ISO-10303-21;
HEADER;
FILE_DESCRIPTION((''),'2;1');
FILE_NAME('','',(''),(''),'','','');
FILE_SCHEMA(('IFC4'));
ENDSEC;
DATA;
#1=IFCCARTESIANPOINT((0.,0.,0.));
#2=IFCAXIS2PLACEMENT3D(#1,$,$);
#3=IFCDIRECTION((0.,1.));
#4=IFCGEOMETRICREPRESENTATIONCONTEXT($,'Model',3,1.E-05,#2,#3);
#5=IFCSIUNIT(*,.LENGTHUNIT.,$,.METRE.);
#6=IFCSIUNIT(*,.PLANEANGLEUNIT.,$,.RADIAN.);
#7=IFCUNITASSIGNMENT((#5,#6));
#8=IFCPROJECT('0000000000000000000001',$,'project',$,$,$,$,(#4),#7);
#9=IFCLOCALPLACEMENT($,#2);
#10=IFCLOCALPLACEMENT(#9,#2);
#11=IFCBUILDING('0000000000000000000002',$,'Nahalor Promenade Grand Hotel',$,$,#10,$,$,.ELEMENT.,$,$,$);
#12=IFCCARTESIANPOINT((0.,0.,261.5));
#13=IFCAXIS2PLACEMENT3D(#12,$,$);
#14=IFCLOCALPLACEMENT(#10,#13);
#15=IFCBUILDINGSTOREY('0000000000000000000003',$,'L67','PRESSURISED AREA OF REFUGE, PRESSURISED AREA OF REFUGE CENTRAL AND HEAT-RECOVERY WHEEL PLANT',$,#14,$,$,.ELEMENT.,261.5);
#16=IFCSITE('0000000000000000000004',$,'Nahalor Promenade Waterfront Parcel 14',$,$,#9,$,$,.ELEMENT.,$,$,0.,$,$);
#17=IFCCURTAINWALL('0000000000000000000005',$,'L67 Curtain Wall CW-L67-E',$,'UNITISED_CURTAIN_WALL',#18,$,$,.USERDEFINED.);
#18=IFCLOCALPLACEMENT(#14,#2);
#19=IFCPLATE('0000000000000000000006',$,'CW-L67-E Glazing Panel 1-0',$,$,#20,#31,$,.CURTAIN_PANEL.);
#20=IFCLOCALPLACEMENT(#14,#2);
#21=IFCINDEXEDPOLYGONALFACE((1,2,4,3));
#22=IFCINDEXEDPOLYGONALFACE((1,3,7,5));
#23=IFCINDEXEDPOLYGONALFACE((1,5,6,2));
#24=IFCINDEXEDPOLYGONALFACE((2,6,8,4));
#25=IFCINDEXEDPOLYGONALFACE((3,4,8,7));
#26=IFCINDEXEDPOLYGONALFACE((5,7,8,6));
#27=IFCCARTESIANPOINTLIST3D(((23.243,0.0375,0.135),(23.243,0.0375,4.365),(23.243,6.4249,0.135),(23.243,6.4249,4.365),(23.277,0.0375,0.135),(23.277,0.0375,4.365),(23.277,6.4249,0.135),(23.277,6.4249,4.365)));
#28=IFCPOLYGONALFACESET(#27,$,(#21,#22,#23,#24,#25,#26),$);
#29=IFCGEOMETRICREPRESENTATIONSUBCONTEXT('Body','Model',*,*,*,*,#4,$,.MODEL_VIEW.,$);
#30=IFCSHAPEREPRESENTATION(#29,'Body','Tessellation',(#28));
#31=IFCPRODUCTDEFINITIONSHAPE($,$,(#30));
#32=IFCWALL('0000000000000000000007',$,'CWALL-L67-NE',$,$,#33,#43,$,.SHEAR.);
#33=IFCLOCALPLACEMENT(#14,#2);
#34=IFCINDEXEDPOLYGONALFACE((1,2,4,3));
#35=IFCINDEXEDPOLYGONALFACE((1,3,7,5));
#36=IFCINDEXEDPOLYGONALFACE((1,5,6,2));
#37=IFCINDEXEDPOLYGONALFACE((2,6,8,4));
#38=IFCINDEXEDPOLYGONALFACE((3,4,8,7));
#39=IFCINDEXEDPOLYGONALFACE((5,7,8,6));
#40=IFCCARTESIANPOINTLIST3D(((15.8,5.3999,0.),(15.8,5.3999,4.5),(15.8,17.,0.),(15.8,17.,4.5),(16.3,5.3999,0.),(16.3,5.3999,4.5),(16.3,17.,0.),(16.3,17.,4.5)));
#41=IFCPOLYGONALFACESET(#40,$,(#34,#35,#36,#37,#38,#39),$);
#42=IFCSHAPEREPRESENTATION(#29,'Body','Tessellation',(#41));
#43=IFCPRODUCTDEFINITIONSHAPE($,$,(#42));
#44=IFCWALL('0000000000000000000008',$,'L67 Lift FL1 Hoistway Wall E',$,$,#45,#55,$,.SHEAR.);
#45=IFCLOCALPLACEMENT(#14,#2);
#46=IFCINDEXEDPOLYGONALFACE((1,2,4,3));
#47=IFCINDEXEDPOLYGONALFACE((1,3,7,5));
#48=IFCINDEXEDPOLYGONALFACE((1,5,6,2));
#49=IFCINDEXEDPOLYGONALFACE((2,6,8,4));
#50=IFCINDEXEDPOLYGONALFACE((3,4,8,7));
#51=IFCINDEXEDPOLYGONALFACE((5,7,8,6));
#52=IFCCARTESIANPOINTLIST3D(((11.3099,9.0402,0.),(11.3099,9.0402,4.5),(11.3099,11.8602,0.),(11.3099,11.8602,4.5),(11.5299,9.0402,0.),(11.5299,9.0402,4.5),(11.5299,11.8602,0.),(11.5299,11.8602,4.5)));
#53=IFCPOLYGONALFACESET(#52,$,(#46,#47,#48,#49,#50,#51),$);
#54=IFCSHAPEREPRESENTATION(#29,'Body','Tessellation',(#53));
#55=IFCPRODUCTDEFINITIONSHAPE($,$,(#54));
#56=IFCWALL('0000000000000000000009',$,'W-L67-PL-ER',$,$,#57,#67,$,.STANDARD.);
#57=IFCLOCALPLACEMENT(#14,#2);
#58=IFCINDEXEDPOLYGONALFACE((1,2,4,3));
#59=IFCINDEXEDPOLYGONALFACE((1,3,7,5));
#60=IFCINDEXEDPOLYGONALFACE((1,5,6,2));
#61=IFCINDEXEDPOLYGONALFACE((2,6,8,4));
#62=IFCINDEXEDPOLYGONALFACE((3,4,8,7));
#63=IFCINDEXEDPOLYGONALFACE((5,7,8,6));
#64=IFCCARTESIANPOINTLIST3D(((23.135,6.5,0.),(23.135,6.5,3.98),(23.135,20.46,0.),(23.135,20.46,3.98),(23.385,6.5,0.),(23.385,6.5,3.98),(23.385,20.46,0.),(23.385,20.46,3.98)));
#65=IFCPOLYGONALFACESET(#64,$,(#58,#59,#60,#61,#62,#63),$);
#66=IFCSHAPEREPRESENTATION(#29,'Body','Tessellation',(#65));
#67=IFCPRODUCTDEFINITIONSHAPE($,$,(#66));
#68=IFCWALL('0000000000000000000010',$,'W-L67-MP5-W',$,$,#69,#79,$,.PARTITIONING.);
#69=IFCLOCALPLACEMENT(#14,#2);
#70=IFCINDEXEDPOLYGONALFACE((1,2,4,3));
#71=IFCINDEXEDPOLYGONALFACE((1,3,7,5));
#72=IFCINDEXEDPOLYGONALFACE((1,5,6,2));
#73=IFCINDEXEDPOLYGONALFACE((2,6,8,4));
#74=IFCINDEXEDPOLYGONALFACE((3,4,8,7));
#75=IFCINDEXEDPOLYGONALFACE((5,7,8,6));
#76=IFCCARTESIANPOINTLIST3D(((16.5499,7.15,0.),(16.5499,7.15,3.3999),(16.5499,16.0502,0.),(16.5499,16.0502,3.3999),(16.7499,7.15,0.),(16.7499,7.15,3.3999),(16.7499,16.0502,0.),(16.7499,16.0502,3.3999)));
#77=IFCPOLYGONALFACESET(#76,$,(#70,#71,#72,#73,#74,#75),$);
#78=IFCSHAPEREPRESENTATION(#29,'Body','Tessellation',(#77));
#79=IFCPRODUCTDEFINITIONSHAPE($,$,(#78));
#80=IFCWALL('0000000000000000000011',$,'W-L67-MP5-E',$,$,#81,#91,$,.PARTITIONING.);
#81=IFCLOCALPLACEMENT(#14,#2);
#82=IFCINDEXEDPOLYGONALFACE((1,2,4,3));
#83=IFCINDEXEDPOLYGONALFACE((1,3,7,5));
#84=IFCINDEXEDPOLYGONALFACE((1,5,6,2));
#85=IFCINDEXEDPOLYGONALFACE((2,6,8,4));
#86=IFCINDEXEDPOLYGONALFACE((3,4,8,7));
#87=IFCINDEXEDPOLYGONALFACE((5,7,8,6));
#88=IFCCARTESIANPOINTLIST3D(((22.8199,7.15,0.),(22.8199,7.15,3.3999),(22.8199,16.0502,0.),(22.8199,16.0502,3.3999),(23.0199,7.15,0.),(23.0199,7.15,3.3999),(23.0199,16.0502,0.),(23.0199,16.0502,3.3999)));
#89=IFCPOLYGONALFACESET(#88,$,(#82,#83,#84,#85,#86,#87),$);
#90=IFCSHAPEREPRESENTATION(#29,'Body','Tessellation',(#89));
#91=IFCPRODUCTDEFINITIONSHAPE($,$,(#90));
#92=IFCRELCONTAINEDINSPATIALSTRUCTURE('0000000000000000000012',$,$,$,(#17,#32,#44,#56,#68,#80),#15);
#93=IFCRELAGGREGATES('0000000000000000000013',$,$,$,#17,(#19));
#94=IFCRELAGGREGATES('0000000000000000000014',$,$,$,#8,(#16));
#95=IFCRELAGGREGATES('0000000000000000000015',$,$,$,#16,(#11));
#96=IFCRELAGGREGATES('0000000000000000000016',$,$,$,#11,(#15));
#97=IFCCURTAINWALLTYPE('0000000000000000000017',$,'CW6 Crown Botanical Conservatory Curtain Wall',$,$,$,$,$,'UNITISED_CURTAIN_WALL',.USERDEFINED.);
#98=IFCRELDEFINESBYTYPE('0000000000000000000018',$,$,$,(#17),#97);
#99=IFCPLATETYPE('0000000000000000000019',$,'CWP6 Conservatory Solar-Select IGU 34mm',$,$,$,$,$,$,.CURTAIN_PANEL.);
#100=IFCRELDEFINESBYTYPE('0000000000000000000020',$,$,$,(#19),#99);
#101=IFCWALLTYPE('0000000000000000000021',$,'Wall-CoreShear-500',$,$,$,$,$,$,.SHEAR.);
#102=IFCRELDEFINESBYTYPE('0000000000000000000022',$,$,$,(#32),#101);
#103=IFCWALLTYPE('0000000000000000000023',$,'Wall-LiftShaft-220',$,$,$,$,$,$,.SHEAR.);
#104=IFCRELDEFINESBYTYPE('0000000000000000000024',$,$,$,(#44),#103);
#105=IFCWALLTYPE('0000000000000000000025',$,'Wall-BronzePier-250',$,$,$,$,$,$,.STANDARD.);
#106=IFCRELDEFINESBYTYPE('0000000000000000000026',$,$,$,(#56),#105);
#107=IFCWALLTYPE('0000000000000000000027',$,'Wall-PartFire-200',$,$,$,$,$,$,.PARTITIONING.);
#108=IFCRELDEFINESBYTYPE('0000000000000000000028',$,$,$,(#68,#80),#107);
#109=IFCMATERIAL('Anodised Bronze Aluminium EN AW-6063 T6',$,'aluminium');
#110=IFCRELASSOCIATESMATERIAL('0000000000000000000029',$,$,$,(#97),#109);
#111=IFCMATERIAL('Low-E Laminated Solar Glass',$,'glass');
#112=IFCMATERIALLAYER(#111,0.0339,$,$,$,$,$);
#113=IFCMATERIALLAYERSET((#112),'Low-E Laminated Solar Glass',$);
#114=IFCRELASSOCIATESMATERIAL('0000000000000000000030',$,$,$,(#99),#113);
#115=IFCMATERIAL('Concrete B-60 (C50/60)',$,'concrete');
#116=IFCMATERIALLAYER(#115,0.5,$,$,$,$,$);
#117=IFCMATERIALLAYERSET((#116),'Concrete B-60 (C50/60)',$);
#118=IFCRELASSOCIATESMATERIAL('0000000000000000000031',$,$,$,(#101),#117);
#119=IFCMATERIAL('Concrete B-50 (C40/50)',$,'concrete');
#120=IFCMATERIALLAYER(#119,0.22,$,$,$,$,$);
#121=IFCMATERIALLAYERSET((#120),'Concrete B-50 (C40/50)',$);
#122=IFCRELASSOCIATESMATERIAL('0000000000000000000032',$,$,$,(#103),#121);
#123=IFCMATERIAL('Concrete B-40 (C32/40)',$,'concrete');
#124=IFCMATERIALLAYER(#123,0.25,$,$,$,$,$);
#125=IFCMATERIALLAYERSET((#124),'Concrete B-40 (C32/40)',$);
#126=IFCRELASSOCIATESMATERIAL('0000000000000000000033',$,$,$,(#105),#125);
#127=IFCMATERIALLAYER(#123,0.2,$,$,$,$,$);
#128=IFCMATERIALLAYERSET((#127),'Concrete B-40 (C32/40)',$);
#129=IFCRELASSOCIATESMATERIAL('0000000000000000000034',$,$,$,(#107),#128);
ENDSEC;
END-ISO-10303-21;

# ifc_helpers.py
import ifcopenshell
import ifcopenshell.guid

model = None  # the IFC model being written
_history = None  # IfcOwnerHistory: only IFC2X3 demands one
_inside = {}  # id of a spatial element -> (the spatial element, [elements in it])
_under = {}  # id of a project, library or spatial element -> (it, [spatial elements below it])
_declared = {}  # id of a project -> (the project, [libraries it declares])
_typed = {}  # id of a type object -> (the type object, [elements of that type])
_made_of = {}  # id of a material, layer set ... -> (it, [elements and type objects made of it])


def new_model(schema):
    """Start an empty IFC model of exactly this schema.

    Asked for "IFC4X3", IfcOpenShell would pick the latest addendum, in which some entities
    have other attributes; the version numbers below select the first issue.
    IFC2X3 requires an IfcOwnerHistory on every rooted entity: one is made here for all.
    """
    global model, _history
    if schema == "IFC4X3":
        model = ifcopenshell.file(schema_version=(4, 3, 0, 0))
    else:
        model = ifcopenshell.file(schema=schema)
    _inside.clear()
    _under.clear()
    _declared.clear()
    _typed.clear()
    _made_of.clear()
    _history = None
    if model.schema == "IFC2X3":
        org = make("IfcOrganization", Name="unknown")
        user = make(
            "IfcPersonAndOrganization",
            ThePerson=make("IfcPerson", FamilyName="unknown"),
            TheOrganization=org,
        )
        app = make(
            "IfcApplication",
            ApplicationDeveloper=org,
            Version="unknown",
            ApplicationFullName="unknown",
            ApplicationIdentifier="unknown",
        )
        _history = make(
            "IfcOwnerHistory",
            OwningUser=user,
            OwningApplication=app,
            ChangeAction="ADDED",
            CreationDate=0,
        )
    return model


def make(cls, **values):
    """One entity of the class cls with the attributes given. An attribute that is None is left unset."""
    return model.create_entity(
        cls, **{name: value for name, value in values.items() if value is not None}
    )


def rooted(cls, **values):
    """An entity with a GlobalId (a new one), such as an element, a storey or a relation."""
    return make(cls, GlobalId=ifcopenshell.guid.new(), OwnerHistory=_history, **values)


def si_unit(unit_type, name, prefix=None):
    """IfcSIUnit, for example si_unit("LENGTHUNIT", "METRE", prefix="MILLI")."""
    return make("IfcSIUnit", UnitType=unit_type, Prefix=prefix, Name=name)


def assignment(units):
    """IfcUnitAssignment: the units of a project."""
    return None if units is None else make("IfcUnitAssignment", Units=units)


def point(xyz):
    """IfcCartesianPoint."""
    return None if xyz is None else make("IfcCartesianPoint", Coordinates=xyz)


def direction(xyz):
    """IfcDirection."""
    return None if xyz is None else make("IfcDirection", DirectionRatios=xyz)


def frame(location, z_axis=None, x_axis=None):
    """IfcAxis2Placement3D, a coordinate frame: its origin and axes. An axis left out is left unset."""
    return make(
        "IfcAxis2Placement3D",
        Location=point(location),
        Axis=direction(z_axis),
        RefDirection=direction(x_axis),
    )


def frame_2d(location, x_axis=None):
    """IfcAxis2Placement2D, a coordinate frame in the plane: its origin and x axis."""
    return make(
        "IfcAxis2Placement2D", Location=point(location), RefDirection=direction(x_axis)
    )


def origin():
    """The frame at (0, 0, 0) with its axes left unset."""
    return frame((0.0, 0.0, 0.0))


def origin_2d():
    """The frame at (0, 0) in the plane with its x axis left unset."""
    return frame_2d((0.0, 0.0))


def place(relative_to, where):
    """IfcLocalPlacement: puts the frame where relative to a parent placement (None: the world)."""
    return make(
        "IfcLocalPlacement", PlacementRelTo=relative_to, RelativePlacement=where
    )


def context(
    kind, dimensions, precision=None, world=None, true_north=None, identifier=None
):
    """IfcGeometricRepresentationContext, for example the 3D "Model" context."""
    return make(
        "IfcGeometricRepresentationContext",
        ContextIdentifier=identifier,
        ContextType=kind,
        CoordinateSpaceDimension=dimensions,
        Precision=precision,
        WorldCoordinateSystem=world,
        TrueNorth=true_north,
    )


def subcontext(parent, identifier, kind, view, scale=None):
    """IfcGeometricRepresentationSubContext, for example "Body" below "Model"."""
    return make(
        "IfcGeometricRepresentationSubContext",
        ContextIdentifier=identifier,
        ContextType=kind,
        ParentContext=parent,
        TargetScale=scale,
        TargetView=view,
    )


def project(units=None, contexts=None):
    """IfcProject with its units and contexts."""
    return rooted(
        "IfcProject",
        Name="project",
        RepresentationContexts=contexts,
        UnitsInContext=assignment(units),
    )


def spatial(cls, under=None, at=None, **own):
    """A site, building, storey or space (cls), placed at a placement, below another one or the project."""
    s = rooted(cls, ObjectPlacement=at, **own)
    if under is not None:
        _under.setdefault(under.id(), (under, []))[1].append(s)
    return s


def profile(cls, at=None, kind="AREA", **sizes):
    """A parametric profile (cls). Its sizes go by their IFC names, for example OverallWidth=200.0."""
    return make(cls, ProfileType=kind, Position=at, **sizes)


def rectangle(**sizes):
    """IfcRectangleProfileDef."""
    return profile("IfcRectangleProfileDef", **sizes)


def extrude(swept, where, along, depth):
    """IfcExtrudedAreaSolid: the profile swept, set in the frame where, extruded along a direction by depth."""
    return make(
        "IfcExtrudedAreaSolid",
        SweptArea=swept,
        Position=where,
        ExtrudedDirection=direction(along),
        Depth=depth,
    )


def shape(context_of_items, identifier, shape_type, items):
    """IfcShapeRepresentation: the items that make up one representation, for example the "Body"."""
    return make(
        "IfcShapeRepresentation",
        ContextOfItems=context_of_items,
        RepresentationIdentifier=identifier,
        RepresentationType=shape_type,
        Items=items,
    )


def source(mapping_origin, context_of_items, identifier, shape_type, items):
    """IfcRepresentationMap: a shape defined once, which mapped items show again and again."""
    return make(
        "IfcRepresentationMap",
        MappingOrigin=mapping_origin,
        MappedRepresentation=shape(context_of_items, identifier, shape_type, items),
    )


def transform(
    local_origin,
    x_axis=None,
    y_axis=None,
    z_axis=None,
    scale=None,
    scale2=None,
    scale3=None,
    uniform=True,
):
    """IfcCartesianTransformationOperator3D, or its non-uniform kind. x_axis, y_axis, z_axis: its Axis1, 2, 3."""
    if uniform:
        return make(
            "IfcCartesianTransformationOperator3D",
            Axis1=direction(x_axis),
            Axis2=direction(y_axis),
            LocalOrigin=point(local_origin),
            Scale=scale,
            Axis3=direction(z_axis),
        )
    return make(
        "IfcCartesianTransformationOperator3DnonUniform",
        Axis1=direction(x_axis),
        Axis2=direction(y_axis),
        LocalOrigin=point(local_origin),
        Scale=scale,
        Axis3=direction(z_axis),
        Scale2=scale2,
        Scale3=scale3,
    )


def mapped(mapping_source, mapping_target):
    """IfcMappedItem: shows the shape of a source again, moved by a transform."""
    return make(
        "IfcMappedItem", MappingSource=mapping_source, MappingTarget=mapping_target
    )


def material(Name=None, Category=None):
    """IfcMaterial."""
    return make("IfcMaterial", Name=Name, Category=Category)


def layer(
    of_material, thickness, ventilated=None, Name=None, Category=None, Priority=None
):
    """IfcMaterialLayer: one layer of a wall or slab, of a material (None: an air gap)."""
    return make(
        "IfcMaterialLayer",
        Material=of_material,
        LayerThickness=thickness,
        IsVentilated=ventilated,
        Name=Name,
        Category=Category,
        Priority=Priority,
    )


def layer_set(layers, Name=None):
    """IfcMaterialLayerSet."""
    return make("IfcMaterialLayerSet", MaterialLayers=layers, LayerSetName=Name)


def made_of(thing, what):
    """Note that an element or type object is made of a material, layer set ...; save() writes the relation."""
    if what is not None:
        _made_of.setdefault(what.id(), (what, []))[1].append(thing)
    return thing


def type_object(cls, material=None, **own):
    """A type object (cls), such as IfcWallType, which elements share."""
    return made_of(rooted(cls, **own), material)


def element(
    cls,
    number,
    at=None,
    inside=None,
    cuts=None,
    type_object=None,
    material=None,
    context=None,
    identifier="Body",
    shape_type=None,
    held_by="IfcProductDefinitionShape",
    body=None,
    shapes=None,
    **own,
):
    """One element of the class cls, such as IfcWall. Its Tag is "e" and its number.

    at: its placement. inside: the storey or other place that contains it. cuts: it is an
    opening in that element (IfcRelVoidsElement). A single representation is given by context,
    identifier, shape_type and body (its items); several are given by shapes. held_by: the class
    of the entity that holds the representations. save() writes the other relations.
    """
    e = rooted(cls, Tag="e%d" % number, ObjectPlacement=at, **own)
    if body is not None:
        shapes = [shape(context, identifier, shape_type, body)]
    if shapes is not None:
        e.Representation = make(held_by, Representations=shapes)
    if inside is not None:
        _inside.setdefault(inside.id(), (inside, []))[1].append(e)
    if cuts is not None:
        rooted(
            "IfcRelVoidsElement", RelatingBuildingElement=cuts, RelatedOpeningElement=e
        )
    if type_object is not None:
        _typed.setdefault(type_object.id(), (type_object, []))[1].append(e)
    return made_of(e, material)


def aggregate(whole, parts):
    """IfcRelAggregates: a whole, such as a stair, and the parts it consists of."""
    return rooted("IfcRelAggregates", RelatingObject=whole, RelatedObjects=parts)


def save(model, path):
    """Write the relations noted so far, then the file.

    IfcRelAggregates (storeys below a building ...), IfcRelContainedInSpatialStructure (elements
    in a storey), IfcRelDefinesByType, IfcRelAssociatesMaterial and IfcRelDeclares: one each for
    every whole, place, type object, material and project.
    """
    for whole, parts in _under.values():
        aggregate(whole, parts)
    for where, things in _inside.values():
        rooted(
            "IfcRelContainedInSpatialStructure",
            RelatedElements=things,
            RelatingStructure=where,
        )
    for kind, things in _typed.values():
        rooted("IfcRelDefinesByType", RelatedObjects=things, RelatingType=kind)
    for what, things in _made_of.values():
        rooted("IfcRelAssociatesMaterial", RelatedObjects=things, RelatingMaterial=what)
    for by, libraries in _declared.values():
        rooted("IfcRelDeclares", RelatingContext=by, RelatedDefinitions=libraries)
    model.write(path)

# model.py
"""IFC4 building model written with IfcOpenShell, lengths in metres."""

from ifc_helpers import new_model, si_unit, direction, frame, frame_2d, origin, origin_2d, place, context, subcontext, project, spatial, rectangle, extrude, source, transform, mapped, material, layer, layer_set, type_object, element, aggregate, save


model = new_model("IFC4")

# Units and contexts
model_context = context("Model", 3, precision=1e-05, world=origin(), true_north=direction((0.0, 1.0)))
body_context = subcontext(model_context, "Body", "Model", "MODEL_VIEW")
ifc_project = project(units=[si_unit("LENGTHUNIT", "METRE"), si_unit("PLANEANGLEUNIT", "RADIAN")], contexts=[model_context])

# Site, building, storey
site_placement = place(None, origin())
site = spatial("IfcSite", under=ifc_project, at=site_placement, Name="Nahalor Promenade Waterfront Parcel 14", CompositionType="ELEMENT", RefElevation=0.0)
building_placement = place(site_placement, origin())
building = spatial("IfcBuilding", under=site, at=building_placement, Name="Nahalor Promenade Grand Hotel", CompositionType="ELEMENT")
storey_placement = place(building_placement, frame((0.0, 0.0, 261.5)))
storey = spatial("IfcBuildingStorey", under=building, at=storey_placement, Name="L67", Description="PRESSURISED AREA OF REFUGE, PRESSURISED AREA OF REFUGE CENTRAL AND HEAT-RECOVERY WHEEL PLANT", CompositionType="ELEMENT", Elevation=261.5)

# Curtain wall
ifc_material_1 = material(Name="Anodised Bronze Aluminium EN AW-6063 T6", Category="aluminium")
curtain_wall_type = type_object("IfcCurtainWallType", Name="CW6 Crown Botanical Conservatory Curtain Wall", ElementType="UNITISED_CURTAIN_WALL", PredefinedType="USERDEFINED", material=ifc_material_1)
curtain_wall_placement = place(storey_placement, origin())
curtain_wall = element("IfcCurtainWall", 1, at=curtain_wall_placement, inside=storey, type_object=curtain_wall_type, Name="L67 Curtain Wall CW-L67-E", ObjectType="UNITISED_CURTAIN_WALL", PredefinedType="USERDEFINED")

# Plate
ifc_material_2 = material(Name="Low-E Laminated Solar Glass", Category="glass")
ifc_layer_1 = layer(ifc_material_2, 0.0339)
ifc_layer_set_1 = layer_set([ifc_layer_1], Name="Low-E Laminated Solar Glass")
plate_type_1 = type_object("IfcPlateType", Name="CWP6 Conservatory Solar-Select IGU 34mm", PredefinedType="CURTAIN_PANEL", material=ifc_layer_set_1)
shared_shape_1 = source(origin(), body_context, "Body", "SweptSolid", [
    extrude(rectangle(XDim=6.3875, YDim=0.0339, at=origin_2d()), origin(), (0.0, 0.0, 1.0), 4.23),
])
plate_1_placement = place(storey_placement, frame((23.26, 3.2312, 0.135), z_axis=(0.0, 0.0, 1.0), x_axis=(0.0, 1.0, 0.0)))
plate_1 = element("IfcPlate", 2, at=plate_1_placement, type_object=plate_type_1, Name="CW-L67-E Glazing Panel 1-0", PredefinedType="CURTAIN_PANEL", context=body_context, shape_type="MappedRepresentation", body=[
    mapped(shared_shape_1, transform((0.0, 0.0, 0.0), scale=1.0)),
])
aggregate(curtain_wall, [plate_1])

# Walls
ifc_material_3 = material(Name="Concrete B-60 (C50/60)", Category="concrete")
ifc_layer_2 = layer(ifc_material_3, 0.5)
ifc_layer_set_2 = layer_set([ifc_layer_2], Name="Concrete B-60 (C50/60)")
wall_type_1 = type_object("IfcWallType", Name="Wall-CoreShear-500", PredefinedType="SHEAR", material=ifc_layer_set_2)
shared_shape_2 = source(origin(), body_context, "Body", "SweptSolid", [
    extrude(rectangle(XDim=11.6001, YDim=0.5, at=frame_2d((5.8, 0.0))), origin(), (0.0, 0.0, 1.0), 4.5),
])
wall_1_placement = place(storey_placement, frame((16.05, 5.3999, 0.0), z_axis=(0.0, 0.0, 1.0), x_axis=(0.0, 1.0, 0.0)))
element("IfcWall", 3, at=wall_1_placement, inside=storey, type_object=wall_type_1, Name="CWALL-L67-NE", PredefinedType="SHEAR", context=body_context, shape_type="MappedRepresentation", body=[
    mapped(shared_shape_2, transform((0.0, 0.0, 0.0), scale=1.0)),
])
ifc_material_4 = material(Name="Concrete B-50 (C40/50)", Category="concrete")
ifc_layer_3 = layer(ifc_material_4, 0.22)
ifc_layer_set_3 = layer_set([ifc_layer_3], Name="Concrete B-50 (C40/50)")
wall_type_2 = type_object("IfcWallType", Name="Wall-LiftShaft-220", PredefinedType="SHEAR", material=ifc_layer_set_3)
shared_shape_3 = source(origin(), body_context, "Body", "SweptSolid", [
    extrude(rectangle(XDim=2.8201, YDim=0.22, at=frame_2d((1.4102, 0.0))), origin(), (0.0, 0.0, 1.0), 4.5),
])
wall_2_placement = place(storey_placement, frame((11.4199, 9.04, 0.0), z_axis=(0.0, 0.0, 1.0), x_axis=(0.0, 1.0, 0.0)))
element("IfcWall", 4, at=wall_2_placement, inside=storey, type_object=wall_type_2, Name="L67 Lift FL1 Hoistway Wall E", PredefinedType="SHEAR", context=body_context, shape_type="MappedRepresentation", body=[
    mapped(shared_shape_3, transform((0.0, 0.0, 0.0), scale=1.0)),
])
ifc_material_5 = material(Name="Concrete B-40 (C32/40)", Category="concrete")
ifc_layer_4 = layer(ifc_material_5, 0.25)
ifc_layer_set_4 = layer_set([ifc_layer_4], Name="Concrete B-40 (C32/40)")
wall_type_3 = type_object("IfcWallType", Name="Wall-BronzePier-250", PredefinedType="STANDARD", material=ifc_layer_set_4)
shared_shape_4 = source(origin(), body_context, "Body", "SweptSolid", [
    extrude(rectangle(XDim=13.96, YDim=0.25, at=frame_2d((6.98, 0.0))), origin(), (0.0, 0.0, 1.0), 3.98),
])
wall_3_placement = place(storey_placement, frame((23.26, 6.5, 0.0), z_axis=(0.0, 0.0, 1.0), x_axis=(0.0, 1.0, 0.0)))
element("IfcWall", 5, at=wall_3_placement, inside=storey, type_object=wall_type_3, Name="W-L67-PL-ER", PredefinedType="STANDARD", context=body_context, shape_type="MappedRepresentation", body=[
    mapped(shared_shape_4, transform((0.0, 0.0, 0.0), scale=1.0)),
])

# Shared definitions
ifc_layer_5 = layer(ifc_material_5, 0.2)
ifc_layer_set_5 = layer_set([ifc_layer_5], Name="Concrete B-40 (C32/40)")
wall_type_4 = type_object("IfcWallType", Name="Wall-PartFire-200", PredefinedType="PARTITIONING", material=ifc_layer_set_5)

# Walls
shared_shape_5 = source(origin(), body_context, "Body", "SweptSolid", [
    extrude(rectangle(XDim=8.9001, YDim=0.2, at=frame_2d((4.4502, 0.0))), origin(), (0.0, 0.0, 1.0), 3.3999),
])
for number, where, z_axis, x_axis, name in (
    (6, (16.6499, 7.1499, 0.0), (0.0, 0.0, 1.0), (0.0, 1.0, 0.0), "W-L67-MP5-W"),
    (7, (22.9199, 7.1499, 0.0), (0.0, 0.0, 1.0), (0.0, 1.0, 0.0), "W-L67-MP5-E"),
):
    element("IfcWall", number, at=place(storey_placement, frame(where, z_axis=z_axis, x_axis=x_axis)), inside=storey, type_object=wall_type_4, Name=name, PredefinedType="PARTITIONING", context=body_context, shape_type="MappedRepresentation", body=[
        mapped(shared_shape_5, transform((0.0, 0.0, 0.0), scale=1.0)),
    ])

save(model, "model.ifc")
